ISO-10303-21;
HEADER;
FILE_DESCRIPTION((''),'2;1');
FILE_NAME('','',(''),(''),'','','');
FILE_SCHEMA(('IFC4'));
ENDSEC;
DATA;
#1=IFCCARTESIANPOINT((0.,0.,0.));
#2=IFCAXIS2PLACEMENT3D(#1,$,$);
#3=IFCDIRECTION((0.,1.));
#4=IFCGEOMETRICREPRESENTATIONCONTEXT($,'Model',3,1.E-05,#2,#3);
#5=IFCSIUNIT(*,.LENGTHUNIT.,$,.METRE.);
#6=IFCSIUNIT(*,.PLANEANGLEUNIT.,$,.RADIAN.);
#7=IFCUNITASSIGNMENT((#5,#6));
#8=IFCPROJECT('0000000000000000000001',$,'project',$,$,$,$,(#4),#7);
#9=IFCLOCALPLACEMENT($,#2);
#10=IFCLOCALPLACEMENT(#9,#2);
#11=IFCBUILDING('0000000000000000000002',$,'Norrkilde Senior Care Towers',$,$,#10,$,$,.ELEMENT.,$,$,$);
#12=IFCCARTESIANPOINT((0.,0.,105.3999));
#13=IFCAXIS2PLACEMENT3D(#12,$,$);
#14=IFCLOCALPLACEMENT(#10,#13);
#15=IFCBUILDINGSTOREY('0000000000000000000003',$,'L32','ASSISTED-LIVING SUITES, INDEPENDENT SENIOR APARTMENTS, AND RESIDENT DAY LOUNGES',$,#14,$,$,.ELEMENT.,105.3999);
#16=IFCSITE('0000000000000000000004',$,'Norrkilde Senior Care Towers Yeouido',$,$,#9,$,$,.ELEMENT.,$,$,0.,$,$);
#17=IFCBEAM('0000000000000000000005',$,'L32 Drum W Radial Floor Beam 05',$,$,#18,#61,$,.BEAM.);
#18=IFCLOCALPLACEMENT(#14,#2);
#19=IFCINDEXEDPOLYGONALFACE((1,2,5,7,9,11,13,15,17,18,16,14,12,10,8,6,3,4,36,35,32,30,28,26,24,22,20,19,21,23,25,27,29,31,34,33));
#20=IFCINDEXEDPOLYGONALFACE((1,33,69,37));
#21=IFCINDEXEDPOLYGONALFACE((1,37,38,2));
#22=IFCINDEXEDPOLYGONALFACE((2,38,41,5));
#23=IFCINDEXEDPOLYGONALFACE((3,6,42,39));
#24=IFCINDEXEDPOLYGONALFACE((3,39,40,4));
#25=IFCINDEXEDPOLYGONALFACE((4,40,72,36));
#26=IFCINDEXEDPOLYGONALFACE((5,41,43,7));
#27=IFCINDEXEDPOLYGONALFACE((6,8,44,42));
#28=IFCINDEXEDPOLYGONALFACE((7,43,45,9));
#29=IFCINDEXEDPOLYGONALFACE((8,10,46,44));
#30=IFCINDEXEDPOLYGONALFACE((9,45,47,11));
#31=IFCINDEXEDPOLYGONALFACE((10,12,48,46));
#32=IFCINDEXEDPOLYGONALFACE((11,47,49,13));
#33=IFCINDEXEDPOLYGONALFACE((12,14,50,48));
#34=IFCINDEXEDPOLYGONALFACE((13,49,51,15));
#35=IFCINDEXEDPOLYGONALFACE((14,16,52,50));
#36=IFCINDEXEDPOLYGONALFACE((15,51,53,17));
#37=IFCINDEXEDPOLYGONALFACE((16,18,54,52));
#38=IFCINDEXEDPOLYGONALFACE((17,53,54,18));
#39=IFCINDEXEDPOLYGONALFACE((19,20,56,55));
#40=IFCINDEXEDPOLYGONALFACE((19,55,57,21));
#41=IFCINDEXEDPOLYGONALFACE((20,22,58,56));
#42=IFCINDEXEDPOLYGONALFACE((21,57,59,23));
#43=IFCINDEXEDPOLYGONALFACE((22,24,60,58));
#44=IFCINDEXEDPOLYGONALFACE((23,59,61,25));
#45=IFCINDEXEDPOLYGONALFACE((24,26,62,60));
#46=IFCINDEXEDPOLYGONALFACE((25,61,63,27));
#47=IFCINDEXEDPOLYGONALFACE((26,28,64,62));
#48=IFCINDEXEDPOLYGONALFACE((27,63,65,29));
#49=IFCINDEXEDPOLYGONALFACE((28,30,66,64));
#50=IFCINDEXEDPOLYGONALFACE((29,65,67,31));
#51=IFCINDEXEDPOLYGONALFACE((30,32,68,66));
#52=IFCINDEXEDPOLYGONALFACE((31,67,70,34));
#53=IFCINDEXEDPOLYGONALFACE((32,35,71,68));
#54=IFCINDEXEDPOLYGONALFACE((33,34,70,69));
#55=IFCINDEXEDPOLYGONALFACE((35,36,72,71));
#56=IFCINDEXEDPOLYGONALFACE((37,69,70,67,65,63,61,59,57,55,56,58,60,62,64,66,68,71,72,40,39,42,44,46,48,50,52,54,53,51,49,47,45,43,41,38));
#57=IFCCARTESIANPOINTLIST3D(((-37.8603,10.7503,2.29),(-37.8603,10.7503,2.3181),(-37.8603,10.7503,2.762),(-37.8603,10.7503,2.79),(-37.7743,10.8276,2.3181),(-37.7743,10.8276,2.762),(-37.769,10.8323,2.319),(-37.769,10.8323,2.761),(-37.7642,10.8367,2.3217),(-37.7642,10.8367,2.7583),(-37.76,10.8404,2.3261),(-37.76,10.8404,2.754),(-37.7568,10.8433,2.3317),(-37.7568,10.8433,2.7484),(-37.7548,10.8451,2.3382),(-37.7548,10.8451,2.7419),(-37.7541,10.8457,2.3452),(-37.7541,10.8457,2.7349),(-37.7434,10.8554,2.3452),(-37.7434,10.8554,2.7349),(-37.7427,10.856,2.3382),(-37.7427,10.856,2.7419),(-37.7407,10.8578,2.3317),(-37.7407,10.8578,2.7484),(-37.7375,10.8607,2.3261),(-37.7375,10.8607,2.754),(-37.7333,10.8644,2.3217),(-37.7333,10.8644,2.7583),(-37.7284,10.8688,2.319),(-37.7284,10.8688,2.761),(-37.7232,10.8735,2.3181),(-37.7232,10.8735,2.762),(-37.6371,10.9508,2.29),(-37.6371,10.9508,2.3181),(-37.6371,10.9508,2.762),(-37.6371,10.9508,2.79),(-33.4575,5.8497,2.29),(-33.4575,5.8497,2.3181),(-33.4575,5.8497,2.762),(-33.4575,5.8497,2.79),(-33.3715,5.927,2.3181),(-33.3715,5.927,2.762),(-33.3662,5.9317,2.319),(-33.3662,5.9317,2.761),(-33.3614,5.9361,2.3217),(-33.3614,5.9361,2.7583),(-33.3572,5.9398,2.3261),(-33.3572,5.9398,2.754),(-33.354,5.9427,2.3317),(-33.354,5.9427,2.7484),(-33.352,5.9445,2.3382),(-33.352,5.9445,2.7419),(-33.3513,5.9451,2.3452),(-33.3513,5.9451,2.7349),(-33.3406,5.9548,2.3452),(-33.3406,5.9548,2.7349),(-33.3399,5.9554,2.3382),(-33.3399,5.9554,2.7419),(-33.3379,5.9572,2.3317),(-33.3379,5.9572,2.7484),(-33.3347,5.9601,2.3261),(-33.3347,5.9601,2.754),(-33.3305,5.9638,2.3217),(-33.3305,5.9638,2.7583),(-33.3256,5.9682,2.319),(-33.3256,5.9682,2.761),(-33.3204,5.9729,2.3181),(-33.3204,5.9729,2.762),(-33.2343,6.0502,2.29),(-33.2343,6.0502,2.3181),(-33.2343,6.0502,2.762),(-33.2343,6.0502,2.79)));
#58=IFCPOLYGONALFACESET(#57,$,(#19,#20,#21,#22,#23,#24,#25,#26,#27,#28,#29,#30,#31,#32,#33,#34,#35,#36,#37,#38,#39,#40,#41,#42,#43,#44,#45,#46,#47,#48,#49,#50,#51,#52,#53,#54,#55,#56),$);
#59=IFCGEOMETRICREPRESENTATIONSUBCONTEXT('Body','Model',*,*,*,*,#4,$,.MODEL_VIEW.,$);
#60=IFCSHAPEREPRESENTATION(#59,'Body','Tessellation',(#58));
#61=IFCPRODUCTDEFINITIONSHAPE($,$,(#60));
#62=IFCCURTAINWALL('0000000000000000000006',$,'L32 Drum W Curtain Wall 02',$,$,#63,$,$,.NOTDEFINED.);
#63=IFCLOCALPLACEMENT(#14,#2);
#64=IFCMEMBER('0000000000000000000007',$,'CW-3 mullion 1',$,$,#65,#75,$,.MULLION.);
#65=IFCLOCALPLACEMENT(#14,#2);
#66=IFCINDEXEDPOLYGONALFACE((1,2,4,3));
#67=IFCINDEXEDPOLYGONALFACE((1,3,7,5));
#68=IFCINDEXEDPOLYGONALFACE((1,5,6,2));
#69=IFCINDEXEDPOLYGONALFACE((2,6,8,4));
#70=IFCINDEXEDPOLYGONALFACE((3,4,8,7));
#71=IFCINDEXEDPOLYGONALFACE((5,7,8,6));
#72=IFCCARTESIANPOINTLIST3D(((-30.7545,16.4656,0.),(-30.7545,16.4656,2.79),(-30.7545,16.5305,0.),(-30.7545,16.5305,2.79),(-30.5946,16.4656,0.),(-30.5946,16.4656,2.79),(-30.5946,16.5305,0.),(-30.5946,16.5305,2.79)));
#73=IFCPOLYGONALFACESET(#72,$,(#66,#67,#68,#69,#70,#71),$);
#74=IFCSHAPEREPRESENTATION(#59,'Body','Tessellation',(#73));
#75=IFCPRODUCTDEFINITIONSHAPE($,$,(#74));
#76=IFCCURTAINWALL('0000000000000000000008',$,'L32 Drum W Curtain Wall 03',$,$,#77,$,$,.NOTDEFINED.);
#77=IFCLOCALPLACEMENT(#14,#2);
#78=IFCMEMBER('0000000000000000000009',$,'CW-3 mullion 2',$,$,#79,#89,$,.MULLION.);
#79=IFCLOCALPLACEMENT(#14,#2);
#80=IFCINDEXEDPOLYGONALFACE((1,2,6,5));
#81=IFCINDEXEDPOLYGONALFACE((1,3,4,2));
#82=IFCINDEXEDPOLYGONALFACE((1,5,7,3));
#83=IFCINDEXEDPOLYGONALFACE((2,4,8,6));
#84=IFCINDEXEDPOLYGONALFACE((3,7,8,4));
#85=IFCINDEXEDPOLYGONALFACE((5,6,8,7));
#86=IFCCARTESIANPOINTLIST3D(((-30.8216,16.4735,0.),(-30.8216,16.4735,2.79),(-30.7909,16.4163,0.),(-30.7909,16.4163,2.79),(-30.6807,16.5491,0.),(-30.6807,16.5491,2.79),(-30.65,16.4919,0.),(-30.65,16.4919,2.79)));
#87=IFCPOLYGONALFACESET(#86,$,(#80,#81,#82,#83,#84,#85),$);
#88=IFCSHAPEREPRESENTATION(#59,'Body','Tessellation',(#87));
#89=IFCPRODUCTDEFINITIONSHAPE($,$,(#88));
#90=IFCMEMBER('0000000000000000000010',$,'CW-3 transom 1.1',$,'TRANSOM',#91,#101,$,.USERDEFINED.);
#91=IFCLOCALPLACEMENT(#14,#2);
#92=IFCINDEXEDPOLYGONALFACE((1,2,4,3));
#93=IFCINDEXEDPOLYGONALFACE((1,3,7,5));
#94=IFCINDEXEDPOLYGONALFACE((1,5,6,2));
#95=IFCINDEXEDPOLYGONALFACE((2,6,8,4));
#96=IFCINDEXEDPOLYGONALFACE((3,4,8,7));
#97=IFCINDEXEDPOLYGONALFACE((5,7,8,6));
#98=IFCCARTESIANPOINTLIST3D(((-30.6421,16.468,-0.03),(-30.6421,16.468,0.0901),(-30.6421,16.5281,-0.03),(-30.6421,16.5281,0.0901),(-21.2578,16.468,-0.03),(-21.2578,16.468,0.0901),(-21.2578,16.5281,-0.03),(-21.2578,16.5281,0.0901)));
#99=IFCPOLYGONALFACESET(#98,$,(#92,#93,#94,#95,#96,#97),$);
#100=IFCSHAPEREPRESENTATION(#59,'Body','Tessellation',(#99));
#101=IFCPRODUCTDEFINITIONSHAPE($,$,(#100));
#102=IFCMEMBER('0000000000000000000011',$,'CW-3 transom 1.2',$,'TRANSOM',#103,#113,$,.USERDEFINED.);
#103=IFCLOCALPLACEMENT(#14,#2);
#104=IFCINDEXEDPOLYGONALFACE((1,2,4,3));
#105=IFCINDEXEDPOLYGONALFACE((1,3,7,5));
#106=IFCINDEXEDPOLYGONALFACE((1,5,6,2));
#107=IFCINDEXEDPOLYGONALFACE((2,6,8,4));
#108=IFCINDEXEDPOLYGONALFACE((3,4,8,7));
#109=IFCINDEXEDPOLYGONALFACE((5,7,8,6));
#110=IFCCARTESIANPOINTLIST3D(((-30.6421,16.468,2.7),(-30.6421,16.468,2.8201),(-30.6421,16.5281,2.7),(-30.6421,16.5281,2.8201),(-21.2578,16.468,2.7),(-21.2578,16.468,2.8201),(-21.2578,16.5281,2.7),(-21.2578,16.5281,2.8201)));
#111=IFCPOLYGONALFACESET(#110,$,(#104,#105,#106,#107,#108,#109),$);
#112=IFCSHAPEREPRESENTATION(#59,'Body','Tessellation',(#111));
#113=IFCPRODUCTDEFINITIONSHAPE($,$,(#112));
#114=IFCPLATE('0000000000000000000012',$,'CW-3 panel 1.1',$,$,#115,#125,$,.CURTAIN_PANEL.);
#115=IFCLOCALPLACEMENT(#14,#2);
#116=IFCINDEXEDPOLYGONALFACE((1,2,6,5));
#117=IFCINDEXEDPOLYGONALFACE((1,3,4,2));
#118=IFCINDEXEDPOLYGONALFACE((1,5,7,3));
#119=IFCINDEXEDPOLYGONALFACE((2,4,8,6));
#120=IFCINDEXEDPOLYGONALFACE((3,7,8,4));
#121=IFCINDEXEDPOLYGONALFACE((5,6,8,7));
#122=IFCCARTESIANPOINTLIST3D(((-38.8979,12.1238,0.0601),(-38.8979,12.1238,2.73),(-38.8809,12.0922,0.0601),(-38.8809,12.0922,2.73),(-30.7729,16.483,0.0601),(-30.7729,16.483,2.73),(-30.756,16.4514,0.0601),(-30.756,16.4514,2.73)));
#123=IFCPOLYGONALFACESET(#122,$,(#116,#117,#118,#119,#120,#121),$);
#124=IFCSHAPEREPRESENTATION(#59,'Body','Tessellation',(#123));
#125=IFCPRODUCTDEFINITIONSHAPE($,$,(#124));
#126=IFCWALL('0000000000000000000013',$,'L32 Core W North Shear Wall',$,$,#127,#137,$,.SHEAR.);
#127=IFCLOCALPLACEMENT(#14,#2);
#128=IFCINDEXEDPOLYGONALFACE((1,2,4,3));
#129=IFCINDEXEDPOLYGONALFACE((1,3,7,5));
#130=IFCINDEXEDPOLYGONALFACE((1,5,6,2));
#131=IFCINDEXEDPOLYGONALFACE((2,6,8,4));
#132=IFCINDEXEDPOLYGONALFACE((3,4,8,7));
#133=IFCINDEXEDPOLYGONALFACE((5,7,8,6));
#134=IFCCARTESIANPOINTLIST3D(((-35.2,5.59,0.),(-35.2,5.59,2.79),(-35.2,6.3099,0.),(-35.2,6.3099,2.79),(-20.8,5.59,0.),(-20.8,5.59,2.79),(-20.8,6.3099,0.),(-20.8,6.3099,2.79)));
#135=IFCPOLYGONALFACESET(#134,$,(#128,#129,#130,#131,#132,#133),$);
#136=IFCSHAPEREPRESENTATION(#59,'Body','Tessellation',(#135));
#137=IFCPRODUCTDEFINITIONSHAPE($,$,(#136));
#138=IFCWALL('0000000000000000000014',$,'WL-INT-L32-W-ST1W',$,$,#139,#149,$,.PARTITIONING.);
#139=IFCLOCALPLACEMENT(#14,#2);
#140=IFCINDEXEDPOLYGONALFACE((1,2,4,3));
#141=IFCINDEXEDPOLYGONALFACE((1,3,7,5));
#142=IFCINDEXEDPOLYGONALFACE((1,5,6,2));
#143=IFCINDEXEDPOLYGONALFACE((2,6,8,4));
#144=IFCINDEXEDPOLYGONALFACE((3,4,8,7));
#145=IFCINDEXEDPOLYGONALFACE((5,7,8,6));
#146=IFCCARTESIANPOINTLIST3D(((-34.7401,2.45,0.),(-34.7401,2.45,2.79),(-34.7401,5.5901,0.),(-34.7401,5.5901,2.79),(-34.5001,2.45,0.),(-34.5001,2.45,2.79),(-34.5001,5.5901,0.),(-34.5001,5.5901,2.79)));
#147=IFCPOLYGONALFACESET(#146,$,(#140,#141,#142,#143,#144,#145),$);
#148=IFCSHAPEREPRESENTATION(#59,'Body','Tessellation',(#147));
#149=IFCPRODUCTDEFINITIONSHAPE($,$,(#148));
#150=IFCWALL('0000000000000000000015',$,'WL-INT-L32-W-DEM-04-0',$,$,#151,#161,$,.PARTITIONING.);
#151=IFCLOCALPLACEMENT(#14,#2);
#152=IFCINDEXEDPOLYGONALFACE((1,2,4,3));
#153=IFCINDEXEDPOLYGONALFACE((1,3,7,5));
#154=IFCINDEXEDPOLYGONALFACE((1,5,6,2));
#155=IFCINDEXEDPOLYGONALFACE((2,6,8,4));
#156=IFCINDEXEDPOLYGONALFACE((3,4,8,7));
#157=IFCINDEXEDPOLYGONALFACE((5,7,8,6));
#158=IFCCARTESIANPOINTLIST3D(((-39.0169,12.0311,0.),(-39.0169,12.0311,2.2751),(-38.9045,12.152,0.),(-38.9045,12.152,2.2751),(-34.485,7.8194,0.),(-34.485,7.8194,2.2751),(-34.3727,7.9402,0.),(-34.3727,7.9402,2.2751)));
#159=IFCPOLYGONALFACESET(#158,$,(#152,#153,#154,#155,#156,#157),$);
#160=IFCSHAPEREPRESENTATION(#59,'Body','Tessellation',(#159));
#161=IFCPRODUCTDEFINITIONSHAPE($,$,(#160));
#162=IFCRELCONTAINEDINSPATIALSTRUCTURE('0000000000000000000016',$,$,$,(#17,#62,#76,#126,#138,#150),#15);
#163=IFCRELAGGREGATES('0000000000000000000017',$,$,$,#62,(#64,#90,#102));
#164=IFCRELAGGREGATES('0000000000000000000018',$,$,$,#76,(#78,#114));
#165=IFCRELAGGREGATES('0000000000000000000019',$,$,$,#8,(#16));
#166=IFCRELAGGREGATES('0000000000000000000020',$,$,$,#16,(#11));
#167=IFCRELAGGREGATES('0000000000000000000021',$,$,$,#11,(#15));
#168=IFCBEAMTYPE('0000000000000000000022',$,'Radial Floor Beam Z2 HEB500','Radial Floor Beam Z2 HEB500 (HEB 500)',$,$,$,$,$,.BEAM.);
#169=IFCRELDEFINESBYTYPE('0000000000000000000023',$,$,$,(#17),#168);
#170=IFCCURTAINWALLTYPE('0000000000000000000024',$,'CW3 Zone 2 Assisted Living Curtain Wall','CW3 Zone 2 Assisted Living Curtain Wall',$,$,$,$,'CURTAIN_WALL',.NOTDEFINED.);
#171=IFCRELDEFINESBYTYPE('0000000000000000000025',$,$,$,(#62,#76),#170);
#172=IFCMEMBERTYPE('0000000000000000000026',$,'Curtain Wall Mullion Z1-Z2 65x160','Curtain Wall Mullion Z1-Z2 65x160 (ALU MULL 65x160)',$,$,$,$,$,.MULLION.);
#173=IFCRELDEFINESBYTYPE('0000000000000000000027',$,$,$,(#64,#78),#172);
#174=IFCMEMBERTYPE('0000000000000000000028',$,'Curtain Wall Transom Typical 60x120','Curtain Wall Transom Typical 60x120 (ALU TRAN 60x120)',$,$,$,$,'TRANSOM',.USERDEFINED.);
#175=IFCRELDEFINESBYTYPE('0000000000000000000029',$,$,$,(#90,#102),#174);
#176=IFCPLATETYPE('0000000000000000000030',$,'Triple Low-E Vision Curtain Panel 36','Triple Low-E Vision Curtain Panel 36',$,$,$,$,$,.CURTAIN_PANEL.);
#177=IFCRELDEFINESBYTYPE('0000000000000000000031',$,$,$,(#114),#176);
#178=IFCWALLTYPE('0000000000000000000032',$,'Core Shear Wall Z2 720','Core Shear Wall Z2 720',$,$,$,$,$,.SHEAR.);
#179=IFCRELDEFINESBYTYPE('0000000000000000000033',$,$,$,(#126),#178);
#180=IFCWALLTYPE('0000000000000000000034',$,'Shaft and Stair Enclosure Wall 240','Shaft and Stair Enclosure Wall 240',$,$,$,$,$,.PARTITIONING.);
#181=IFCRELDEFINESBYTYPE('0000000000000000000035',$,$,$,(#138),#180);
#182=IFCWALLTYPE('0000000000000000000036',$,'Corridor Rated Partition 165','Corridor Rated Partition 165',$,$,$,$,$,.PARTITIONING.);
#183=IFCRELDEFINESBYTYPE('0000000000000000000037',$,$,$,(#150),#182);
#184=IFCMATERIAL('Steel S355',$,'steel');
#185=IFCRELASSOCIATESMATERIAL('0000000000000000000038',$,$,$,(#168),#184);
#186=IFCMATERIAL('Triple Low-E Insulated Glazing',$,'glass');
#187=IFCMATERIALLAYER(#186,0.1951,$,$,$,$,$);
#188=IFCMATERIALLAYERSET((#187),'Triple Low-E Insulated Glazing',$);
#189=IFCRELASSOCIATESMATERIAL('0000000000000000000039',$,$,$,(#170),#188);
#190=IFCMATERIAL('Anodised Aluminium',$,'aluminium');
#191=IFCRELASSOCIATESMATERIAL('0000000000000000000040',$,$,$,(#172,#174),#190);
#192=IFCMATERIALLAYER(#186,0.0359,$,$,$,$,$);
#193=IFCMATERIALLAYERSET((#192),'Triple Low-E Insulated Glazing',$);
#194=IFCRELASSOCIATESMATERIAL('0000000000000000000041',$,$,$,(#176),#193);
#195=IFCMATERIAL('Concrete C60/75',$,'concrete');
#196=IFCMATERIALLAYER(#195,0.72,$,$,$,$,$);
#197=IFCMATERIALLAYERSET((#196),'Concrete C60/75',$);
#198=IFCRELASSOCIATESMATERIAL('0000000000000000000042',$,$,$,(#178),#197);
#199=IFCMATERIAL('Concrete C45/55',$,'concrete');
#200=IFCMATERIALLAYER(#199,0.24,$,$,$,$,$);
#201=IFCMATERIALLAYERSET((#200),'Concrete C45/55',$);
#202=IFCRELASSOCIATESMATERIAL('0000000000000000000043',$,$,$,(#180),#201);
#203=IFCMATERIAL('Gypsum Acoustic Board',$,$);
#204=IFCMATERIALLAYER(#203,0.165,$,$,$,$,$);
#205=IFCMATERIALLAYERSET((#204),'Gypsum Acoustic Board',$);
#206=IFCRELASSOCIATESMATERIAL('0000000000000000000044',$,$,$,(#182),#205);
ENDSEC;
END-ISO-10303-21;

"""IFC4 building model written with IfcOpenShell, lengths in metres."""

from ifc_helpers import new_model, si_unit, direction, frame, frame_2d, origin, origin_2d, place, context, subcontext, project, spatial, rectangle, i_section, extrude, source, transform, mapped, material, layer, layer_set, material_profile, profile_set, type_object, type_shapes, element, aggregate, save


model = new_model("IFC4")

# Units and contexts
model_context = context("Model", 3, precision=1e-05, world=origin(), true_north=direction((0.0, 1.0)))
body_context = subcontext(model_context, "Body", "Model", "MODEL_VIEW")
ifc_project = project(units=[si_unit("LENGTHUNIT", "METRE"), si_unit("PLANEANGLEUNIT", "RADIAN")], contexts=[model_context])

# Site, building, storey
site_placement = place(None, origin())
site = spatial("IfcSite", under=ifc_project, at=site_placement, Name="Norrkilde Senior Care Towers Yeouido", CompositionType="ELEMENT", RefElevation=0.0)
building_placement = place(site_placement, origin())
building = spatial("IfcBuilding", under=site, at=building_placement, Name="Norrkilde Senior Care Towers", CompositionType="ELEMENT")
storey_placement = place(building_placement, frame((0.0, 0.0, 105.3999)))
storey = spatial("IfcBuildingStorey", under=building, at=storey_placement, Name="L32", Description="ASSISTED-LIVING SUITES, INDEPENDENT SENIOR APARTMENTS, AND RESIDENT DAY LOUNGES", CompositionType="ELEMENT", Elevation=105.3999)

# Shared definitions
ifc_material_1 = material(Name="Concrete C60/75", Category="concrete")

# Beam
ifc_material_2 = material(Name="Steel S355", Category="steel")
ifc_material_profile_1 = material_profile(ifc_material_2, i_section(OverallWidth=0.3, OverallDepth=0.5, WebThickness=0.0144, FlangeThickness=0.0281, FilletRadius=0.0271, at=origin_2d()), Name="HEB 500")
ifc_profile_set_1 = profile_set([ifc_material_profile_1], Name="Steel S355")
beam_type_1 = type_object("IfcBeamType", Name="Radial Floor Beam Z2 HEB500", Description="Radial Floor Beam Z2 HEB500 (HEB 500)", PredefinedType="BEAM", material=ifc_profile_set_1)
shared_shape_1 = source(origin(), body_context, "Body", "SweptSolid", [
    extrude(i_section(OverallWidth=0.3, OverallDepth=0.5, WebThickness=0.0144, FlangeThickness=0.0281, FilletRadius=0.0271, at=origin_2d()), origin(), (0.0, 0.0, 1.0), 6.5879),
])
beam_1_placement = place(storey_placement, frame((-33.3459, 5.95, 2.54), z_axis=(-0.668315, 0.743878, 0.0), x_axis=(-0.743878, -0.668315, 0.0)))
element("IfcBeam", 1, at=beam_1_placement, inside=storey, type_object=beam_type_1, Name="L32 Drum W Radial Floor Beam 05", PredefinedType="BEAM", context=body_context, shape_type="MappedRepresentation", body=[
    mapped(shared_shape_1, transform((0.0, 0.0, 0.0), x_axis=(1.0, 0.0, 0.0), y_axis=(0.0, 1.0, 0.0), z_axis=(0.0, 0.0, 1.0), scale=1.0)),
])

# Curtain walls, members
ifc_material_3 = material(Name="Triple Low-E Insulated Glazing", Category="glass")
ifc_layer_1 = layer(ifc_material_3, 0.1951)
ifc_layer_set_1 = layer_set([ifc_layer_1], Name="Triple Low-E Insulated Glazing")
curtain_wall_type = type_object("IfcCurtainWallType", Name="CW3 Zone 2 Assisted Living Curtain Wall", Description="CW3 Zone 2 Assisted Living Curtain Wall", ElementType="CURTAIN_WALL", PredefinedType="NOTDEFINED", material=ifc_layer_set_1)
curtain_wall_1_placement = place(storey_placement, origin())
curtain_wall_1 = element("IfcCurtainWall", 2, at=curtain_wall_1_placement, inside=storey, type_object=curtain_wall_type, Name="L32 Drum W Curtain Wall 02", PredefinedType="NOTDEFINED")
ifc_material_4 = material(Name="Anodised Aluminium", Category="aluminium")
ifc_material_profile_2 = material_profile(ifc_material_4, rectangle(XDim=0.0649, YDim=0.1599, at=origin_2d()), Name="ALU MULL 65x160")
ifc_profile_set_2 = profile_set([ifc_material_profile_2], Name="Anodised Aluminium")
member_type_1 = type_object("IfcMemberType", Name="Curtain Wall Mullion Z1-Z2 65x160", Description="Curtain Wall Mullion Z1-Z2 65x160 (ALU MULL 65x160)", PredefinedType="MULLION", material=ifc_profile_set_2)
shared_shape_2 = source(origin(), body_context, "Body", "SweptSolid", [
    extrude(rectangle(XDim=0.0649, YDim=0.1599, at=origin_2d()), origin(), (0.0, 0.0, 1.0), 2.79),
])
type_shapes(member_type_1, [shared_shape_2])
member_1_placement = place(storey_placement, frame((-30.6746, 16.498, 0.0), z_axis=(0.0, 0.0, 1.0), x_axis=(0.0, 1.0, 0.0)))
member_1 = element("IfcMember", 3, at=member_1_placement, type_object=member_type_1, Name="CW-3 mullion 1", PredefinedType="MULLION", context=body_context, shape_type="MappedRepresentation", body=[
    mapped(shared_shape_2, transform((0.0, 0.0, 0.0), x_axis=(1.0, 0.0, 0.0), y_axis=(0.0, 1.0, 0.0), z_axis=(0.0, 0.0, 1.0), scale=1.0)),
])
curtain_wall_2_placement = place(storey_placement, origin())
curtain_wall_2 = element("IfcCurtainWall", 4, at=curtain_wall_2_placement, inside=storey, type_object=curtain_wall_type, Name="L32 Drum W Curtain Wall 03", PredefinedType="NOTDEFINED")
member_2_placement = place(storey_placement, frame((-30.7358, 16.4827, 0.0), z_axis=(0.0, 0.0, 1.0), x_axis=(-0.472769, 0.881186, 0.0)))
member_2 = element("IfcMember", 5, at=member_2_placement, type_object=member_type_1, Name="CW-3 mullion 2", PredefinedType="MULLION", context=body_context, shape_type="MappedRepresentation", body=[
    mapped(shared_shape_2, transform((0.0, 0.0, 0.0), x_axis=(1.0, 0.0, 0.0), y_axis=(0.0, 1.0, 0.0), z_axis=(0.0, 0.0, 1.0), scale=1.0)),
])

# Members
ifc_material_profile_3 = material_profile(ifc_material_4, rectangle(XDim=0.0601, YDim=0.1201, at=origin_2d()), Name="ALU TRAN 60x120")
ifc_profile_set_3 = profile_set([ifc_material_profile_3], Name="Anodised Aluminium")
member_type_2 = type_object("IfcMemberType", Name="Curtain Wall Transom Typical 60x120", Description="Curtain Wall Transom Typical 60x120 (ALU TRAN 60x120)", ElementType="TRANSOM", PredefinedType="USERDEFINED", material=ifc_profile_set_3)
shared_shape_3 = source(origin(), body_context, "Body", "SweptSolid", [
    extrude(rectangle(XDim=0.0601, YDim=0.1201, at=origin_2d()), origin(), (0.0, 0.0, 1.0), 9.3843),
])
type_shapes(member_type_2, [shared_shape_3])
member_3_placement = place(storey_placement, frame((-30.6421, 16.498, 0.03), z_axis=(1.0, 0.0, 0.0), x_axis=(0.0, 1.0, 0.0)))
member_3 = element("IfcMember", 6, at=member_3_placement, type_object=member_type_2, Name="CW-3 transom 1.1", ObjectType="TRANSOM", PredefinedType="USERDEFINED", context=body_context, shape_type="MappedRepresentation", body=[
    mapped(shared_shape_3, transform((0.0, 0.0, 0.0), x_axis=(1.0, 0.0, 0.0), y_axis=(0.0, 1.0, 0.0), z_axis=(0.0, 0.0, 1.0), scale=1.0)),
])
member_4_placement = place(storey_placement, frame((-30.6421, 16.498, 2.76), z_axis=(1.0, 0.0, 0.0), x_axis=(0.0, 1.0, 0.0)))
member_4 = element("IfcMember", 7, at=member_4_placement, type_object=member_type_2, Name="CW-3 transom 1.2", ObjectType="TRANSOM", PredefinedType="USERDEFINED", context=body_context, shape_type="MappedRepresentation", body=[
    mapped(shared_shape_3, transform((0.0, 0.0, 0.0), x_axis=(1.0, 0.0, 0.0), y_axis=(0.0, 1.0, 0.0), z_axis=(0.0, 0.0, 1.0), scale=1.0)),
])
aggregate(curtain_wall_1, [member_1, member_3, member_4])

# Plate
ifc_layer_2 = layer(ifc_material_3, 0.0359)
ifc_layer_set_2 = layer_set([ifc_layer_2], Name="Triple Low-E Insulated Glazing")
plate_type = type_object("IfcPlateType", Name="Triple Low-E Vision Curtain Panel 36", Description="Triple Low-E Vision Curtain Panel 36", PredefinedType="CURTAIN_PANEL", material=ifc_layer_set_2)
shared_shape_4 = source(origin(), body_context, "Body", "SweptSolid", [
    extrude(rectangle(XDim=9.2205, YDim=0.0359, at=origin_2d()), origin(), (0.0, 0.0, 1.0), 2.6699),
])
type_shapes(plate_type, [shared_shape_4])
plate_placement = place(storey_placement, frame((-34.8269, 14.2876, 0.0601), z_axis=(0.0, 0.0, 1.0), x_axis=(0.881186, 0.472769, 0.0)))
plate = element("IfcPlate", 8, at=plate_placement, type_object=plate_type, Name="CW-3 panel 1.1", PredefinedType="CURTAIN_PANEL", context=body_context, shape_type="MappedRepresentation", body=[
    mapped(shared_shape_4, transform((0.0, 0.0, 0.0), x_axis=(1.0, 0.0, 0.0), y_axis=(0.0, 1.0, 0.0), z_axis=(0.0, 0.0, 1.0), scale=1.0)),
])
aggregate(curtain_wall_2, [member_2, plate])

# Walls
ifc_layer_3 = layer(ifc_material_1, 0.72)
ifc_layer_set_3 = layer_set([ifc_layer_3], Name="Concrete C60/75")
wall_type_1 = type_object("IfcWallType", Name="Core Shear Wall Z2 720", Description="Core Shear Wall Z2 720", PredefinedType="SHEAR", material=ifc_layer_set_3)
shared_shape_5 = source(origin(), body_context, "Body", "SweptSolid", [
    extrude(rectangle(XDim=14.3999, YDim=0.72, at=frame_2d((7.2, 0.0))), origin(), (0.0, 0.0, 1.0), 2.79),
])
type_shapes(wall_type_1, [shared_shape_5])
wall_1_placement = place(storey_placement, frame((-35.2, 5.95, 0.0), z_axis=(0.0, 0.0, 1.0), x_axis=(1.0, 0.0, 0.0)))
element("IfcWall", 9, at=wall_1_placement, inside=storey, type_object=wall_type_1, Name="L32 Core W North Shear Wall", PredefinedType="SHEAR", context=body_context, shape_type="MappedRepresentation", body=[
    mapped(shared_shape_5, transform((0.0, 0.0, 0.0), x_axis=(1.0, 0.0, 0.0), y_axis=(0.0, 1.0, 0.0), z_axis=(0.0, 0.0, 1.0), scale=1.0)),
])
ifc_material_5 = material(Name="Concrete C45/55", Category="concrete")
ifc_layer_4 = layer(ifc_material_5, 0.24)
ifc_layer_set_4 = layer_set([ifc_layer_4], Name="Concrete C45/55")
wall_type_2 = type_object("IfcWallType", Name="Shaft and Stair Enclosure Wall 240", Description="Shaft and Stair Enclosure Wall 240", PredefinedType="PARTITIONING", material=ifc_layer_set_4)
shared_shape_6 = source(origin(), body_context, "Body", "SweptSolid", [
    extrude(rectangle(XDim=3.1401, YDim=0.24, at=frame_2d((1.5701, 0.0))), origin(), (0.0, 0.0, 1.0), 2.79),
])
type_shapes(wall_type_2, [shared_shape_6])
wall_2_placement = place(storey_placement, frame((-34.6201, 2.45, 0.0), z_axis=(0.0, 0.0, 1.0), x_axis=(0.0, 1.0, 0.0)))
element("IfcWall", 10, at=wall_2_placement, inside=storey, type_object=wall_type_2, Name="WL-INT-L32-W-ST1W", PredefinedType="PARTITIONING", context=body_context, shape_type="MappedRepresentation", body=[
    mapped(shared_shape_6, transform((0.0, 0.0, 0.0), x_axis=(1.0, 0.0, 0.0), y_axis=(0.0, 1.0, 0.0), z_axis=(0.0, 0.0, 1.0), scale=1.0)),
])
ifc_material_6 = material(Name="Gypsum Acoustic Board")
ifc_layer_5 = layer(ifc_material_6, 0.165)
ifc_layer_set_5 = layer_set([ifc_layer_5], Name="Gypsum Acoustic Board")
wall_type_3 = type_object("IfcWallType", Name="Corridor Rated Partition 165", Description="Corridor Rated Partition 165", PredefinedType="PARTITIONING", material=ifc_layer_set_5)
shared_shape_7 = source(origin(), body_context, "Body", "SweptSolid", [
    extrude(rectangle(XDim=6.1868, YDim=0.165, at=frame_2d((3.0933, 0.0))), origin(), (0.0, 0.0, 1.0), 2.2751),
])
wall_3_placement = place(storey_placement, frame((-34.429, 7.8799, 0.0), z_axis=(0.0, 0.0, 1.0), x_axis=(-0.732501, 0.680766, 0.0)))
element("IfcWall", 11, at=wall_3_placement, inside=storey, type_object=wall_type_3, Name="WL-INT-L32-W-DEM-04-0", PredefinedType="PARTITIONING", context=body_context, shape_type="MappedRepresentation", body=[
    mapped(shared_shape_7, transform((0.0, 0.0, 0.0), x_axis=(1.0, 0.0, 0.0), y_axis=(0.0, 1.0, 0.0), z_axis=(0.0, 0.0, 1.0), scale=1.0)),
])

save(model, "model.ifc")
